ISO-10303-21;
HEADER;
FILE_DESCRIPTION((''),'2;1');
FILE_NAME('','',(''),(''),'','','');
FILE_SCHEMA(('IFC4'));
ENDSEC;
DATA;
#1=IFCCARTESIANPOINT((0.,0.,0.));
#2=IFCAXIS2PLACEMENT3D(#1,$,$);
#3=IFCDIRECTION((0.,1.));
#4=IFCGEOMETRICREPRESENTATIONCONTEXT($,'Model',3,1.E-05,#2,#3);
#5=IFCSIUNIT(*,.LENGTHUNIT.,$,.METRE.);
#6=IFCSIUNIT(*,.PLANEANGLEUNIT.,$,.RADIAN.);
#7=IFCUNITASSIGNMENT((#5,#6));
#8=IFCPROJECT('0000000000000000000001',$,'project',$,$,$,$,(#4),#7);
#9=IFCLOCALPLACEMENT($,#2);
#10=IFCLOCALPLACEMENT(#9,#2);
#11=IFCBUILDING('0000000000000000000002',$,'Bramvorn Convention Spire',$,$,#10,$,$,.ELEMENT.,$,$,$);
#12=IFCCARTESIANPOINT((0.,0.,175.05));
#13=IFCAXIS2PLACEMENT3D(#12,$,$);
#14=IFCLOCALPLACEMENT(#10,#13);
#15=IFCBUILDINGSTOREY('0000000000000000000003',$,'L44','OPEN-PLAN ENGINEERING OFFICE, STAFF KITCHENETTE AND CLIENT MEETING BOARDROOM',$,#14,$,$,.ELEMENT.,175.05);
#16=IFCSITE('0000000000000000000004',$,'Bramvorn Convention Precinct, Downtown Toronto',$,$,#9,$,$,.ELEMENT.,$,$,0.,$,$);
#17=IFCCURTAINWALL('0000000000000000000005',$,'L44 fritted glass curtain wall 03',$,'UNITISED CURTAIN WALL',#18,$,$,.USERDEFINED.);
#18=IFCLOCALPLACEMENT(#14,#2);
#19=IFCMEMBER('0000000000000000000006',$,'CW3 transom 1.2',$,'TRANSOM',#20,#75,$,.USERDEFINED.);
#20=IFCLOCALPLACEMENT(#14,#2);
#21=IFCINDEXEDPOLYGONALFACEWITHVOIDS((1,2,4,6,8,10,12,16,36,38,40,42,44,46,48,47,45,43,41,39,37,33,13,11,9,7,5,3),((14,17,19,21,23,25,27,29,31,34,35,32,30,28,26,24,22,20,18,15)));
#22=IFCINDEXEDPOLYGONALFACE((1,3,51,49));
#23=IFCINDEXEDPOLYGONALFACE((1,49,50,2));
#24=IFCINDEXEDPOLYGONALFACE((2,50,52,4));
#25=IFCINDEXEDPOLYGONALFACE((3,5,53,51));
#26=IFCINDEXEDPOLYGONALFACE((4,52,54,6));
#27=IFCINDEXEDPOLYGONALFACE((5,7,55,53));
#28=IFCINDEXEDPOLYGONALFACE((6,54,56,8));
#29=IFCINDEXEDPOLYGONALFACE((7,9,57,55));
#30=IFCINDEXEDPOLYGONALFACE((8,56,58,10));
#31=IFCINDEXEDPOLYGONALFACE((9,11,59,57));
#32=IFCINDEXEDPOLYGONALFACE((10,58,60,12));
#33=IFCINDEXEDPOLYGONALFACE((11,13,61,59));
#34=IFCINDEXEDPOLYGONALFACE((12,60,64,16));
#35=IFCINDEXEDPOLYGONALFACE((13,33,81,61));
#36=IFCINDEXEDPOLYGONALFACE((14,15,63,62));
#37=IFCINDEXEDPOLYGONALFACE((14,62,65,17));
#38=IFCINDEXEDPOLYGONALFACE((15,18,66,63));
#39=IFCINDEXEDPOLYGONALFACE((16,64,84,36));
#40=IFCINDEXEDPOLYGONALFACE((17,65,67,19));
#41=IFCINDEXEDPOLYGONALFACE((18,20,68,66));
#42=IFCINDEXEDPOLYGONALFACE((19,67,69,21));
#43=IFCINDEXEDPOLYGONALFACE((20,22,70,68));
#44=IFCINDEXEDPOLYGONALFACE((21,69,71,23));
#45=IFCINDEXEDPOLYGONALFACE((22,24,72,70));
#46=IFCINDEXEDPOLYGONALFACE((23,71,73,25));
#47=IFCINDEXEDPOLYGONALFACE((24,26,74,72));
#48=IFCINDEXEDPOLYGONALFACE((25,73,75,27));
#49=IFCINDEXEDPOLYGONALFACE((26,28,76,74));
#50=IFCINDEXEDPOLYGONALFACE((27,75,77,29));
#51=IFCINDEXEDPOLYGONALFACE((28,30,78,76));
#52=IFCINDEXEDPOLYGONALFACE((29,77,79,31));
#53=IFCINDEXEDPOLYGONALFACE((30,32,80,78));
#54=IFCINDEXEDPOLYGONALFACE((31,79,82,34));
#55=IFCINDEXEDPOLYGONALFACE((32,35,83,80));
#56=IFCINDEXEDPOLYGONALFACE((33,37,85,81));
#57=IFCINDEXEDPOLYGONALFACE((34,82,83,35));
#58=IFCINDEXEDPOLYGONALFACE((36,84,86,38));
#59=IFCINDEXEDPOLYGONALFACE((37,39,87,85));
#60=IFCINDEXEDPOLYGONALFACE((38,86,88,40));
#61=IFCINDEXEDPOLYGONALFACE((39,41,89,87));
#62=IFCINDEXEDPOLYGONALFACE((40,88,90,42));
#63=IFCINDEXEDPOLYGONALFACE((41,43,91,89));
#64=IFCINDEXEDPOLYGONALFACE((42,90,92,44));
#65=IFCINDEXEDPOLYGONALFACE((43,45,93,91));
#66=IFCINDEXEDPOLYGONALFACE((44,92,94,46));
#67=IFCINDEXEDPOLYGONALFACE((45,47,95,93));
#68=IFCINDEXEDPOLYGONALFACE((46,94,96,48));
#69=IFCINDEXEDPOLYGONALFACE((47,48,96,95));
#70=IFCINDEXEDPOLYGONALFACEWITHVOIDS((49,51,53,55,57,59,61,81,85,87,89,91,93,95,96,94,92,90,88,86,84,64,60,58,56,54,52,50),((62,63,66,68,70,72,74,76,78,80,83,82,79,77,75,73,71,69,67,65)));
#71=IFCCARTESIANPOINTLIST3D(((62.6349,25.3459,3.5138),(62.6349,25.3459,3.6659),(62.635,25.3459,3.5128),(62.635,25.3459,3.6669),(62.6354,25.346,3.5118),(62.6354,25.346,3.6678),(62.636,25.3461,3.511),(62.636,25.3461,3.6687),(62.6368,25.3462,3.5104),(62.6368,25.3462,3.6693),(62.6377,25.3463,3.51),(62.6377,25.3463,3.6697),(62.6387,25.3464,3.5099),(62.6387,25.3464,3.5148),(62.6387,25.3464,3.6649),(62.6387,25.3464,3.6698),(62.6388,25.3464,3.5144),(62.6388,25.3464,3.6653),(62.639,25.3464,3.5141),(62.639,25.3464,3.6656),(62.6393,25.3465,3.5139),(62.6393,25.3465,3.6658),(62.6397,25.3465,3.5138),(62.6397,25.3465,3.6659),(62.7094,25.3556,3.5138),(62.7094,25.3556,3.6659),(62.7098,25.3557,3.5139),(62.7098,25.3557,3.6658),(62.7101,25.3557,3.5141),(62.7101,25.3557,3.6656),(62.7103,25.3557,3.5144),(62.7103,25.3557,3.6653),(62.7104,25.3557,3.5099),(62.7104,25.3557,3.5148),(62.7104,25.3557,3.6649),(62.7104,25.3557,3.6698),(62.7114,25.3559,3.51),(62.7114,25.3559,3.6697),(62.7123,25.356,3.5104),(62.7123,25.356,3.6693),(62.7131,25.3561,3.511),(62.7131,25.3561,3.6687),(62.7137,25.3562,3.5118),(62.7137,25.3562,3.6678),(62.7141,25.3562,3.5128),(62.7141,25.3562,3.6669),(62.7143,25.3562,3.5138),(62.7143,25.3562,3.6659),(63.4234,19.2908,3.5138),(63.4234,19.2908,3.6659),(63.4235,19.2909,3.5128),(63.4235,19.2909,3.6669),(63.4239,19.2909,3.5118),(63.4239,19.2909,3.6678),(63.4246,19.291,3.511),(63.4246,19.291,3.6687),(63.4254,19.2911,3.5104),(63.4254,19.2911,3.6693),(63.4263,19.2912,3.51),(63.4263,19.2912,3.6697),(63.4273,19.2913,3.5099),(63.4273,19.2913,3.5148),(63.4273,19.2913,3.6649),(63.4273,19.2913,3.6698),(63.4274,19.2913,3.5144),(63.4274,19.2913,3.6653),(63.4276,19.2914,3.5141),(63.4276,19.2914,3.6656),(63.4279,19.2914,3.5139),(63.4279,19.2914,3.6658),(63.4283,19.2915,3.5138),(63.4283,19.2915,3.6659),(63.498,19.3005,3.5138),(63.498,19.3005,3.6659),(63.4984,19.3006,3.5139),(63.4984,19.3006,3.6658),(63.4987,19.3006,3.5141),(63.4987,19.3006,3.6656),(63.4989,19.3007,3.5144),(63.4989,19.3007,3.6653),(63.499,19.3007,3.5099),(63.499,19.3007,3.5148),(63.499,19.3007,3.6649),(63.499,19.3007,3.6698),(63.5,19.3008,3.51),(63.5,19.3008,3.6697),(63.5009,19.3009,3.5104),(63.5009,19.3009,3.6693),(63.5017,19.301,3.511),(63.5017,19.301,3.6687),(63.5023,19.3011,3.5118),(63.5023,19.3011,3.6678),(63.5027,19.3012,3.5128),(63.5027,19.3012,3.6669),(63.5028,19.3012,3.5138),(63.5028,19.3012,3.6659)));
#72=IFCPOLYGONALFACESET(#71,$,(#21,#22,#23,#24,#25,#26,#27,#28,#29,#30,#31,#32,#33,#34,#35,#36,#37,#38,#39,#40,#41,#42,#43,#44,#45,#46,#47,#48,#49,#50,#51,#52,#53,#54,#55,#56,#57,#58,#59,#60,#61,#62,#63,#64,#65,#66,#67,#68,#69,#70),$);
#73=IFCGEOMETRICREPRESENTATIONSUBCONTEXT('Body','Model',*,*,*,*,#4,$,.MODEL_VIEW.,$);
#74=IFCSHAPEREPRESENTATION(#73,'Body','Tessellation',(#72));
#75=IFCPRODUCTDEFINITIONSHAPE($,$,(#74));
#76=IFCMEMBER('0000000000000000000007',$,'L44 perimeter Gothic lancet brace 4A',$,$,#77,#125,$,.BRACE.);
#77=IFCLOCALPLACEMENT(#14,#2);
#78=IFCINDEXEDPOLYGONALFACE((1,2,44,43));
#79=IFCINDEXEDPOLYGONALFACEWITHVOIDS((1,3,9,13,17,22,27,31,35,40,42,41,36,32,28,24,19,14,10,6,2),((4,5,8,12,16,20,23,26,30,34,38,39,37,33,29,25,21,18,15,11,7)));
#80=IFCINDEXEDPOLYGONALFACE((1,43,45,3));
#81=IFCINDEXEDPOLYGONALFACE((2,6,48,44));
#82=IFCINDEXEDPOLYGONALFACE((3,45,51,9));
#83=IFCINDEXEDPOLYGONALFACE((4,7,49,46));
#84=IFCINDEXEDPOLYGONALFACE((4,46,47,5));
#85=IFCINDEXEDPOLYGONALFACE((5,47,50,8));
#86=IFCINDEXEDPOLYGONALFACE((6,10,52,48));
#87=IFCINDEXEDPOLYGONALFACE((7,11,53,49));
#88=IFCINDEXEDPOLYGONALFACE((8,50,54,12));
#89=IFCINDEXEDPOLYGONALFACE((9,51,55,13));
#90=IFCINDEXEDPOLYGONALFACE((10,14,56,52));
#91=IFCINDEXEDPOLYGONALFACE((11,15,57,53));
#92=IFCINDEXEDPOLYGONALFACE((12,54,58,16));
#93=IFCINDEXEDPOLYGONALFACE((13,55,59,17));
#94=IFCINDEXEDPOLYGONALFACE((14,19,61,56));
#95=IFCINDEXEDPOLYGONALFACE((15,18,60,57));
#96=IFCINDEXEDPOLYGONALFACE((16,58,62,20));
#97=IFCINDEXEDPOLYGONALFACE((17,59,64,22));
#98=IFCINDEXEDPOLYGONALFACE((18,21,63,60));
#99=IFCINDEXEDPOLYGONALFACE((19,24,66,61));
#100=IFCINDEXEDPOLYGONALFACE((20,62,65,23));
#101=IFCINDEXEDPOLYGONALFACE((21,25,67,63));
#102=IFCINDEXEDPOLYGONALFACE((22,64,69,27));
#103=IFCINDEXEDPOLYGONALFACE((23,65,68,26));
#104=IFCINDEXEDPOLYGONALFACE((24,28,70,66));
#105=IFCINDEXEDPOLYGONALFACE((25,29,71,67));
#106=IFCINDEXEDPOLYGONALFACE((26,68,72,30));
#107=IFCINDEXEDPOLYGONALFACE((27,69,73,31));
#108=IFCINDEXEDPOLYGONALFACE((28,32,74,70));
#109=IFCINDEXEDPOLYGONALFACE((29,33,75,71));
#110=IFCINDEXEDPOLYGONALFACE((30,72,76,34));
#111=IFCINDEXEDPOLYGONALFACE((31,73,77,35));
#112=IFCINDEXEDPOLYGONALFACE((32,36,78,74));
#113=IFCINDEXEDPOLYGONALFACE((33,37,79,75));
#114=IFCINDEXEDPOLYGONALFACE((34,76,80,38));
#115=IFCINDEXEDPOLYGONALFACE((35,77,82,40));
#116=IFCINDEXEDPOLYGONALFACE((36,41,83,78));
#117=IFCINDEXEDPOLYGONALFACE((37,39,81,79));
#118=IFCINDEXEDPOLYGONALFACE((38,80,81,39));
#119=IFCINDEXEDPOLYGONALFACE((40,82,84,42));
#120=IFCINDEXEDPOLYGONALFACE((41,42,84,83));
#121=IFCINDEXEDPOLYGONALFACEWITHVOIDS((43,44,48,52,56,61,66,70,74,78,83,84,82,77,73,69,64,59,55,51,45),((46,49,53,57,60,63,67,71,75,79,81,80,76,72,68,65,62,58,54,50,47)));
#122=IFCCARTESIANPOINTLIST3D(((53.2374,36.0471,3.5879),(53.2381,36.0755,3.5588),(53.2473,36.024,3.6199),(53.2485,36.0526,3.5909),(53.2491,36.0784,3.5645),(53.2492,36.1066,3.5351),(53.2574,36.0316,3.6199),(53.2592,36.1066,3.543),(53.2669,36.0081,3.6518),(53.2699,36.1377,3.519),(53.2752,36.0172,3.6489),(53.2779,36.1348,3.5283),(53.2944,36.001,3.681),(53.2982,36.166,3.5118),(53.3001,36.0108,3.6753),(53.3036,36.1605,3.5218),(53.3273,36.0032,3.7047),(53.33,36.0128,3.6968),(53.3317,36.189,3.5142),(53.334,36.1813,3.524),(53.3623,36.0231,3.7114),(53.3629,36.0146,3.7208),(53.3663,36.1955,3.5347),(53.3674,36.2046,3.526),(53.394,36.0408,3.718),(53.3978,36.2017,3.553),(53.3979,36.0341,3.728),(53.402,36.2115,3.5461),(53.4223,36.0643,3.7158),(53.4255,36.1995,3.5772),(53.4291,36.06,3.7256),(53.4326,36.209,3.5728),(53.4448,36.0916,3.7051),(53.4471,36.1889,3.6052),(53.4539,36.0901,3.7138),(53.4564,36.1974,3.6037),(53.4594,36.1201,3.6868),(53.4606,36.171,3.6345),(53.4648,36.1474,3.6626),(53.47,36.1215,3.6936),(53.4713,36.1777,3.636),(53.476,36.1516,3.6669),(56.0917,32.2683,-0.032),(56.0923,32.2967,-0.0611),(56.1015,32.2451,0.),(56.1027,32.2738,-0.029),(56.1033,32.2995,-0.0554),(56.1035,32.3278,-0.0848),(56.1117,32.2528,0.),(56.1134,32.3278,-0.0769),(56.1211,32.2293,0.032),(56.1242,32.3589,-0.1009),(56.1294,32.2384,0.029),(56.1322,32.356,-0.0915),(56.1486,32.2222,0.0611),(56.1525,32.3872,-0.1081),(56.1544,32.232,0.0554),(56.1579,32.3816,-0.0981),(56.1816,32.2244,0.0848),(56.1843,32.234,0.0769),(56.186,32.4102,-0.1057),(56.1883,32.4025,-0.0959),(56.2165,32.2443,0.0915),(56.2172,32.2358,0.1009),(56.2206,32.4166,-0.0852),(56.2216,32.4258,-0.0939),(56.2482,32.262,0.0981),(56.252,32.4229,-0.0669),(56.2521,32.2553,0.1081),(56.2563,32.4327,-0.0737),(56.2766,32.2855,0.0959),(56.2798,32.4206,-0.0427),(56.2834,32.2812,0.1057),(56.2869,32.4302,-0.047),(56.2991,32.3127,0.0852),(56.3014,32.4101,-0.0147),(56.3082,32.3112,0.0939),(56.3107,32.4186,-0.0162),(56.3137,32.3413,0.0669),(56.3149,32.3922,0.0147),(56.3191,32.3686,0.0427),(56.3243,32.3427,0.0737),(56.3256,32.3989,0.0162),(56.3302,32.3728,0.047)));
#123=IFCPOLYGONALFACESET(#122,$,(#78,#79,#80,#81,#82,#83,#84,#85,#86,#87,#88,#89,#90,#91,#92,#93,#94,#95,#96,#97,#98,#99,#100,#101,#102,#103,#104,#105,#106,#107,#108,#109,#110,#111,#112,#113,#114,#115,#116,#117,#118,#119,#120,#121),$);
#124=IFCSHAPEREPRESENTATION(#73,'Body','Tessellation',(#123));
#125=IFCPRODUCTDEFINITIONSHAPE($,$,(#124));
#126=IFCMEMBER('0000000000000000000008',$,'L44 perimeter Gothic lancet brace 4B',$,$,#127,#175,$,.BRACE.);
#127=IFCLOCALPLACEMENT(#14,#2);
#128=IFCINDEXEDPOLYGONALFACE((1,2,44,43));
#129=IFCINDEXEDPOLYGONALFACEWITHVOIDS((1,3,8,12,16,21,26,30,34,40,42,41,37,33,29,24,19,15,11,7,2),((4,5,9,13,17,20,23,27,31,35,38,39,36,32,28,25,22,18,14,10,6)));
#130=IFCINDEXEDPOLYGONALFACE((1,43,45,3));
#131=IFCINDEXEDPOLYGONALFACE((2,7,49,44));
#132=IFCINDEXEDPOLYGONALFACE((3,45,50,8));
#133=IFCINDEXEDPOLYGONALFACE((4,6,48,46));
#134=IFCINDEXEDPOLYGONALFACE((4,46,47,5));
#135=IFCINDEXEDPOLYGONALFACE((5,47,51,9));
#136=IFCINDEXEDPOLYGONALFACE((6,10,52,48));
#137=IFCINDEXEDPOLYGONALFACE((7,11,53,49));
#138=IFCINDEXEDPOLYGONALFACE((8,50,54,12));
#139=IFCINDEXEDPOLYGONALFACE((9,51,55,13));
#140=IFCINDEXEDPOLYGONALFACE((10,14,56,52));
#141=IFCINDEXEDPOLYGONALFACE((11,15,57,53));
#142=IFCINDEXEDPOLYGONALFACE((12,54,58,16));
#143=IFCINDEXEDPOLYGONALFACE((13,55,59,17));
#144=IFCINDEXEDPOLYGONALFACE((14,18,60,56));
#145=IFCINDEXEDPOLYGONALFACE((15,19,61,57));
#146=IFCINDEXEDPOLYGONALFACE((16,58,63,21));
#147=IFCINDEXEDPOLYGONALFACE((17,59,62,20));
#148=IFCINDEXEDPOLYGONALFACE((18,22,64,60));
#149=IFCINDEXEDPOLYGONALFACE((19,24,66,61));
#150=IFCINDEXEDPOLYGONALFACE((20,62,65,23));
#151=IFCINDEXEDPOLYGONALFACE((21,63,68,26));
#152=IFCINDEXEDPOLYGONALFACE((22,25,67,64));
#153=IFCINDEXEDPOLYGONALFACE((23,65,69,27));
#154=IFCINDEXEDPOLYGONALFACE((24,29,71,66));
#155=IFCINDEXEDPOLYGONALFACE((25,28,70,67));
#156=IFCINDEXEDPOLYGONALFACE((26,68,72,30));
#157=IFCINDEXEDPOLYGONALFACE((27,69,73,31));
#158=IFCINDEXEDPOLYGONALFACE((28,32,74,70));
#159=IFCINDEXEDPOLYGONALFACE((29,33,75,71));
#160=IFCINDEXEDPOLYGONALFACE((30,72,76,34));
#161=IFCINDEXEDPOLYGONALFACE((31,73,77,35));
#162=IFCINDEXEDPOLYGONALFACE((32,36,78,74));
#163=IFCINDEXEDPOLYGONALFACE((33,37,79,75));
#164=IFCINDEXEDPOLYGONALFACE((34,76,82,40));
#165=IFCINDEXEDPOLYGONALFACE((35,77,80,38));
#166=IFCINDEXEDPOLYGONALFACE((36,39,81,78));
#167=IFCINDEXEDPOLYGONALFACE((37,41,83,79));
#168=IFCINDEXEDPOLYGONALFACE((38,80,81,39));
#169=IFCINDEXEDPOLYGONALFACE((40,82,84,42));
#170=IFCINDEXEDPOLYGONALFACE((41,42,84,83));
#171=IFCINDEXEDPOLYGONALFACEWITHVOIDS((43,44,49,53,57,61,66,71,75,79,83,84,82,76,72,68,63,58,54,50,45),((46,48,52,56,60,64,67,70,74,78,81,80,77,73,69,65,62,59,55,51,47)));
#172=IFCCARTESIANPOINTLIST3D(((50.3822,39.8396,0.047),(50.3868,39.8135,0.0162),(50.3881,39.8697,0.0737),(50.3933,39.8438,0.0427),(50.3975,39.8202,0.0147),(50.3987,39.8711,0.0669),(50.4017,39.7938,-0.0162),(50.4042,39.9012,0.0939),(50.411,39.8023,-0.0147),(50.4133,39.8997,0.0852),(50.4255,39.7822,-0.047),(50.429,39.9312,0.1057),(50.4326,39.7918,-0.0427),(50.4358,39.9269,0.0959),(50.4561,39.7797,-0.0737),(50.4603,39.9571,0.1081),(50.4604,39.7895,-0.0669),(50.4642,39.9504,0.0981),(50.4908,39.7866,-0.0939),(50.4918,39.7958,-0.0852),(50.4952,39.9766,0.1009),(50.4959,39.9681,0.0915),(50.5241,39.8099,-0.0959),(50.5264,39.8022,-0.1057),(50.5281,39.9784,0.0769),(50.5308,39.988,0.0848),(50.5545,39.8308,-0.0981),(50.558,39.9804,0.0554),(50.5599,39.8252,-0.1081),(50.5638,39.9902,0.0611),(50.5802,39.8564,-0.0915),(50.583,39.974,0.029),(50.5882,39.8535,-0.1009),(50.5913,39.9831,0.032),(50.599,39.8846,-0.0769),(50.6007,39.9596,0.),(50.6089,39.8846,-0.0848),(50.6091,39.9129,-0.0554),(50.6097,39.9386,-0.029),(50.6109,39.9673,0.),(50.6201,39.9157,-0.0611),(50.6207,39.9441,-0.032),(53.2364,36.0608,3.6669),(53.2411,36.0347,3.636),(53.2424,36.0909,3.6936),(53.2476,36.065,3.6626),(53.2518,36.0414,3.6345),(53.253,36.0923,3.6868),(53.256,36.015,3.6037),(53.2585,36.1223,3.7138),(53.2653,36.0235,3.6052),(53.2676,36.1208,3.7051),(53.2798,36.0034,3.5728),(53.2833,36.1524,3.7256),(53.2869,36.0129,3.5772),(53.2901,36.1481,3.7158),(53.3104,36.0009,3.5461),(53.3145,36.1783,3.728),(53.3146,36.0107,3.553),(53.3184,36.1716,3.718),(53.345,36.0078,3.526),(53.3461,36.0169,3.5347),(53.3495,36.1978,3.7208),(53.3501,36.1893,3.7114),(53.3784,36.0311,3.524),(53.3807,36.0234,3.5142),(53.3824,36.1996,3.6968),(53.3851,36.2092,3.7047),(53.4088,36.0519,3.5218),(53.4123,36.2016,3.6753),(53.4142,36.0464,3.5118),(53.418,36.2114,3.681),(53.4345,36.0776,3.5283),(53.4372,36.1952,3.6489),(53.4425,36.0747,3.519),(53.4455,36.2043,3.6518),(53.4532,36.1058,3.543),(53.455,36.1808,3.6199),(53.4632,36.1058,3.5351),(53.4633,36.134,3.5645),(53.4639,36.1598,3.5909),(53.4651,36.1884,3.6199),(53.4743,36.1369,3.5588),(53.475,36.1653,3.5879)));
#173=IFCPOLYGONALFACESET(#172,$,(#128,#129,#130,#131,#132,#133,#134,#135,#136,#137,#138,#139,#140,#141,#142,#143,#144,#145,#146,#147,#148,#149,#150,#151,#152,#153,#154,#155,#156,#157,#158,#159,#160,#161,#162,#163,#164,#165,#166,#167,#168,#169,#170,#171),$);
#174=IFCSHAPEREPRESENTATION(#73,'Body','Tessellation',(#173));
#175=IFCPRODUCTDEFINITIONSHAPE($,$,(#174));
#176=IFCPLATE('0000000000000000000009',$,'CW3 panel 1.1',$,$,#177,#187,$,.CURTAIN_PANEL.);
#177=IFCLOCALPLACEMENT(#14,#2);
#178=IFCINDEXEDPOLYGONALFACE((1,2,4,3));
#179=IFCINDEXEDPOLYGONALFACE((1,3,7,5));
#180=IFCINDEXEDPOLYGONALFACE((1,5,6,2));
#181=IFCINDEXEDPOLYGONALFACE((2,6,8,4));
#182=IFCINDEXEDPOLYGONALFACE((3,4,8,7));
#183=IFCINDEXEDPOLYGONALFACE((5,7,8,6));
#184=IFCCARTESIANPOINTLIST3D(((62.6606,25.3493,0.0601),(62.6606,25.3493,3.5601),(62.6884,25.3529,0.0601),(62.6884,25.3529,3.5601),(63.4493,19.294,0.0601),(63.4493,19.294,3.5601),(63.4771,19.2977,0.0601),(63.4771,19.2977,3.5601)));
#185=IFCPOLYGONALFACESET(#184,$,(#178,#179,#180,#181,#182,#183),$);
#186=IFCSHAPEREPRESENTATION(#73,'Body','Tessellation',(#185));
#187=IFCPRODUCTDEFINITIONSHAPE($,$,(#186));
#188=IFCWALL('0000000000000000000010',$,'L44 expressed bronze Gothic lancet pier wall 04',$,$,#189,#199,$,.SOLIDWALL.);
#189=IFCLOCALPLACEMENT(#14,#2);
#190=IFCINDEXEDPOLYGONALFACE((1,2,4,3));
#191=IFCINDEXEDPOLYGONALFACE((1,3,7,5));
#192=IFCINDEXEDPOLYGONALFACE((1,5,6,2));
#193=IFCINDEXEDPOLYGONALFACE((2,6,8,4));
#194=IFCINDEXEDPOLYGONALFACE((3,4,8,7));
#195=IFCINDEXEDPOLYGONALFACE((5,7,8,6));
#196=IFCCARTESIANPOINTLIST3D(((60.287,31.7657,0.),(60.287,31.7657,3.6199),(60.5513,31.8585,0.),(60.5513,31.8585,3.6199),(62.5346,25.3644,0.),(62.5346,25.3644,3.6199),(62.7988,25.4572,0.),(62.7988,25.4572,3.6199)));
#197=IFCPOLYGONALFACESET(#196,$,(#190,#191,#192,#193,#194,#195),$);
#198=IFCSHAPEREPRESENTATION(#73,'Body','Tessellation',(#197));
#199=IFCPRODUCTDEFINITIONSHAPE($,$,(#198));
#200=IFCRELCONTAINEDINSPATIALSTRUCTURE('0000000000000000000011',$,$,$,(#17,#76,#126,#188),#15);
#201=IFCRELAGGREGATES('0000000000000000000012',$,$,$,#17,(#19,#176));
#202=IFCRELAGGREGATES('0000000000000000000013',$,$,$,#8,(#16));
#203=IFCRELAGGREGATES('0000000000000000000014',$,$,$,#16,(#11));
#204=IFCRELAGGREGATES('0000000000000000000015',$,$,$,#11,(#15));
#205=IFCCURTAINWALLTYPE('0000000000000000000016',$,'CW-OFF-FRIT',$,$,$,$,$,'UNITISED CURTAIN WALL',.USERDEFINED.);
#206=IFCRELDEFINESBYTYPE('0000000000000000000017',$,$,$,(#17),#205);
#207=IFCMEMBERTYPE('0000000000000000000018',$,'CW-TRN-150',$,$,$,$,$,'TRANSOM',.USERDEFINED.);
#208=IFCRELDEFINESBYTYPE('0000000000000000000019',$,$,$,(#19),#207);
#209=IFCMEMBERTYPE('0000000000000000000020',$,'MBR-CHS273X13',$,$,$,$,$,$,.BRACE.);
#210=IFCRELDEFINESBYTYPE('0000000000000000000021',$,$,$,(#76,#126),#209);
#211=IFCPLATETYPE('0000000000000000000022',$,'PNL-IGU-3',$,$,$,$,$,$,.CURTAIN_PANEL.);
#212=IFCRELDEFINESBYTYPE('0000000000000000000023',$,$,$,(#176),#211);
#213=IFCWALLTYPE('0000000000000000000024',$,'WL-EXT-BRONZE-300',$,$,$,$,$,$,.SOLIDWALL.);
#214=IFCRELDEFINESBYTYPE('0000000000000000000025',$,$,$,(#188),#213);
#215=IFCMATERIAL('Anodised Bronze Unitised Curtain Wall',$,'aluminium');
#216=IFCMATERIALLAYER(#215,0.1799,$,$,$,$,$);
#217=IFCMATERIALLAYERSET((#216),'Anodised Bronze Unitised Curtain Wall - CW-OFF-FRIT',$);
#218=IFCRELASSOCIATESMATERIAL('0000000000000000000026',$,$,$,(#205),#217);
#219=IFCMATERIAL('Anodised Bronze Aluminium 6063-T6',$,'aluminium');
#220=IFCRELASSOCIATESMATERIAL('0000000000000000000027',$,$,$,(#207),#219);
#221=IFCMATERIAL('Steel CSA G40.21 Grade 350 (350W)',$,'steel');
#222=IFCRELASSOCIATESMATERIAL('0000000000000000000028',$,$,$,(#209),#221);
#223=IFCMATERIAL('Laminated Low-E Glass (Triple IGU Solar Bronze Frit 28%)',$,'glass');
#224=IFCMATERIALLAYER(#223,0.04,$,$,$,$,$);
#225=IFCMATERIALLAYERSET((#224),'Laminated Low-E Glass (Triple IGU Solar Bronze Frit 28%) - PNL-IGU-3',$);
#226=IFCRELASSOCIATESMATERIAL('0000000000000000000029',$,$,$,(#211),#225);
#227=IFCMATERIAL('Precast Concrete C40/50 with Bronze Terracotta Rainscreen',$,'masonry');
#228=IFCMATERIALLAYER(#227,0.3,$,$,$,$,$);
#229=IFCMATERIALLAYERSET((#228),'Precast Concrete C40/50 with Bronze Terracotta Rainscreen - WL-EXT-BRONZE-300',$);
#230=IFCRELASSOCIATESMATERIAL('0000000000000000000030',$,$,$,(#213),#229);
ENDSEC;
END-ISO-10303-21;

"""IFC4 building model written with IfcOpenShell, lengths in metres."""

from ifc_helpers import new_model, si_unit, direction, frame, frame_2d, origin, origin_2d, place, context, subcontext, project, spatial, rectangle, hollow_rectangle, hollow_circle, extrude, material, layer, layer_set, material_profile, profile_set, type_object, element, aggregate, save


model = new_model("IFC4")

# Units and contexts
model_context = context("Model", 3, precision=1e-05, world=origin(), true_north=direction((0.0, 1.0)))
body_context = subcontext(model_context, "Body", "Model", "MODEL_VIEW")
ifc_project = project(units=[si_unit("LENGTHUNIT", "METRE"), si_unit("PLANEANGLEUNIT", "RADIAN")], contexts=[model_context])

# Site, building, storey
site_placement = place(None, origin())
site = spatial("IfcSite", under=ifc_project, at=site_placement, Name="Bramvorn Convention Precinct, Downtown Toronto", CompositionType="ELEMENT", RefElevation=0.0)
building_placement = place(site_placement, origin())
building = spatial("IfcBuilding", under=site, at=building_placement, Name="Bramvorn Convention Spire", CompositionType="ELEMENT")
storey_placement = place(building_placement, frame((0.0, 0.0, 175.05)))
storey = spatial("IfcBuildingStorey", under=building, at=storey_placement, Name="L44", Description="OPEN-PLAN ENGINEERING OFFICE, STAFF KITCHENETTE AND CLIENT MEETING BOARDROOM", CompositionType="ELEMENT", Elevation=175.05)

# Shared definitions
ifc_material_1 = material(Name="Steel CSA G40.21 Grade 350 (350W)", Category="steel")

# Curtain wall, member
ifc_material_2 = material(Name="Anodised Bronze Unitised Curtain Wall", Category="aluminium")
ifc_layer_1 = layer(ifc_material_2, 0.1799)
ifc_layer_set_1 = layer_set([ifc_layer_1], Name="Anodised Bronze Unitised Curtain Wall - CW-OFF-FRIT")
curtain_wall_type = type_object("IfcCurtainWallType", Name="CW-OFF-FRIT", ElementType="UNITISED CURTAIN WALL", PredefinedType="USERDEFINED", material=ifc_layer_set_1)
curtain_wall_placement = place(storey_placement, origin())
curtain_wall = element("IfcCurtainWall", 1, at=curtain_wall_placement, inside=storey, type_object=curtain_wall_type, Name="L44 fritted glass curtain wall 03", ObjectType="UNITISED CURTAIN WALL", PredefinedType="USERDEFINED")
ifc_material_3 = material(Name="Anodised Bronze Aluminium 6063-T6", Category="aluminium")
ifc_material_profile_1 = material_profile(ifc_material_3, hollow_rectangle(XDim=0.0801, YDim=0.1599, WallThickness=0.0039, InnerFilletRadius=0.001, OuterFilletRadius=0.0039, at=origin_2d()))
ifc_profile_set_1 = profile_set([ifc_material_profile_1], Name="Anodised Bronze Aluminium 6063-T6 - CWT80X160")
member_type_1 = type_object("IfcMemberType", Name="CW-TRN-150", ElementType="TRANSOM", PredefinedType="USERDEFINED", material=ifc_profile_set_1)
member_1_placement = place(storey_placement, frame((62.6746, 25.3511, 3.5898), z_axis=(0.129141, -0.991626, 0.0), x_axis=(0.991626, 0.129141, 0.0)))
member_1 = element("IfcMember", 2, at=member_1_placement, type_object=member_type_1, Name="CW3 transom 1.2", ObjectType="TRANSOM", PredefinedType="USERDEFINED", context=body_context, shape_type="SweptSolid", body=[
    extrude(hollow_rectangle(XDim=0.0801, YDim=0.1599, WallThickness=0.0039, InnerFilletRadius=0.001, OuterFilletRadius=0.0039, at=origin_2d()), origin(), (0.0, 0.0, 1.0), 6.1062),
])

# Members
ifc_material_profile_2 = material_profile(ifc_material_1, hollow_circle(Radius=0.1365, WallThickness=0.0127, at=origin_2d()))
ifc_profile_set_2 = profile_set([ifc_material_profile_2], Name="Steel CSA G40.21 Grade 350 (350W) - CHS273X13")
member_type_2 = type_object("IfcMemberType", Name="MBR-CHS273X13", PredefinedType="BRACE", material=ifc_profile_set_2)
for number, where, z_axis, x_axis, name in (
    (3, (56.2104, 32.3274, 0.0), (-0.478847, 0.633957, 0.607293), (-0.797954, -0.602719, 0.0), "L44 perimeter Gothic lancet brace 4A"),
    (4, (50.502, 39.885, 0.0), (0.478847, -0.633957, 0.607293), (0.797954, 0.602719, 0.0), "L44 perimeter Gothic lancet brace 4B"),
):
    element("IfcMember", number, at=place(storey_placement, frame(where, z_axis=z_axis, x_axis=x_axis)), inside=storey, type_object=member_type_2, Name=name, PredefinedType="BRACE", context=body_context, shape_type="SweptSolid", body=[
        extrude(hollow_circle(Radius=0.1365, WallThickness=0.0127, at=origin_2d()), origin(), (0.0, 0.0, 1.0), 5.9607),
    ])

# Plate
ifc_material_4 = material(Name="Laminated Low-E Glass (Triple IGU Solar Bronze Frit 28%)", Category="glass")
ifc_layer_2 = layer(ifc_material_4, 0.04)
ifc_layer_set_2 = layer_set([ifc_layer_2], Name="Laminated Low-E Glass (Triple IGU Solar Bronze Frit 28%) - PNL-IGU-3")
plate_type = type_object("IfcPlateType", Name="PNL-IGU-3", PredefinedType="CURTAIN_PANEL", material=ifc_layer_set_2)
plate_placement = place(storey_placement, frame((63.0688, 22.3235, 0.0601), z_axis=(0.0, 0.0, 1.0), x_axis=(0.129159, -0.991624, 0.0)))
plate = element("IfcPlate", 5, at=plate_placement, type_object=plate_type, Name="CW3 panel 1.1", PredefinedType="CURTAIN_PANEL", context=body_context, shape_type="SweptSolid", body=[
    extrude(rectangle(XDim=6.1064, YDim=0.0281, at=origin_2d()), origin(), (0.0, 0.0, 1.0), 3.5),
])
aggregate(curtain_wall, [member_1, plate])

# Wall
ifc_material_5 = material(Name="Precast Concrete C40/50 with Bronze Terracotta Rainscreen", Category="masonry")
ifc_layer_3 = layer(ifc_material_5, 0.3)
ifc_layer_set_3 = layer_set([ifc_layer_3], Name="Precast Concrete C40/50 with Bronze Terracotta Rainscreen - WL-EXT-BRONZE-300")
wall_type_1 = type_object("IfcWallType", Name="WL-EXT-BRONZE-300", PredefinedType="SOLIDWALL", material=ifc_layer_set_3)
wall_1_placement = place(storey_placement, frame((60.4192, 31.812, 0.0), z_axis=(0.0, 0.0, 1.0), x_axis=(0.33128, -0.943533, 0.0)))
element("IfcWall", 6, at=wall_1_placement, inside=storey, type_object=wall_type_1, Name="L44 expressed bronze Gothic lancet pier wall 04", PredefinedType="SOLIDWALL", context=body_context, shape_type="SweptSolid", body=[
    extrude(rectangle(XDim=6.7844, YDim=0.28, at=frame_2d((3.3921, 0.0))), origin(), (0.0, 0.0, 1.0), 3.6199),
])

save(model, "model.ifc")
